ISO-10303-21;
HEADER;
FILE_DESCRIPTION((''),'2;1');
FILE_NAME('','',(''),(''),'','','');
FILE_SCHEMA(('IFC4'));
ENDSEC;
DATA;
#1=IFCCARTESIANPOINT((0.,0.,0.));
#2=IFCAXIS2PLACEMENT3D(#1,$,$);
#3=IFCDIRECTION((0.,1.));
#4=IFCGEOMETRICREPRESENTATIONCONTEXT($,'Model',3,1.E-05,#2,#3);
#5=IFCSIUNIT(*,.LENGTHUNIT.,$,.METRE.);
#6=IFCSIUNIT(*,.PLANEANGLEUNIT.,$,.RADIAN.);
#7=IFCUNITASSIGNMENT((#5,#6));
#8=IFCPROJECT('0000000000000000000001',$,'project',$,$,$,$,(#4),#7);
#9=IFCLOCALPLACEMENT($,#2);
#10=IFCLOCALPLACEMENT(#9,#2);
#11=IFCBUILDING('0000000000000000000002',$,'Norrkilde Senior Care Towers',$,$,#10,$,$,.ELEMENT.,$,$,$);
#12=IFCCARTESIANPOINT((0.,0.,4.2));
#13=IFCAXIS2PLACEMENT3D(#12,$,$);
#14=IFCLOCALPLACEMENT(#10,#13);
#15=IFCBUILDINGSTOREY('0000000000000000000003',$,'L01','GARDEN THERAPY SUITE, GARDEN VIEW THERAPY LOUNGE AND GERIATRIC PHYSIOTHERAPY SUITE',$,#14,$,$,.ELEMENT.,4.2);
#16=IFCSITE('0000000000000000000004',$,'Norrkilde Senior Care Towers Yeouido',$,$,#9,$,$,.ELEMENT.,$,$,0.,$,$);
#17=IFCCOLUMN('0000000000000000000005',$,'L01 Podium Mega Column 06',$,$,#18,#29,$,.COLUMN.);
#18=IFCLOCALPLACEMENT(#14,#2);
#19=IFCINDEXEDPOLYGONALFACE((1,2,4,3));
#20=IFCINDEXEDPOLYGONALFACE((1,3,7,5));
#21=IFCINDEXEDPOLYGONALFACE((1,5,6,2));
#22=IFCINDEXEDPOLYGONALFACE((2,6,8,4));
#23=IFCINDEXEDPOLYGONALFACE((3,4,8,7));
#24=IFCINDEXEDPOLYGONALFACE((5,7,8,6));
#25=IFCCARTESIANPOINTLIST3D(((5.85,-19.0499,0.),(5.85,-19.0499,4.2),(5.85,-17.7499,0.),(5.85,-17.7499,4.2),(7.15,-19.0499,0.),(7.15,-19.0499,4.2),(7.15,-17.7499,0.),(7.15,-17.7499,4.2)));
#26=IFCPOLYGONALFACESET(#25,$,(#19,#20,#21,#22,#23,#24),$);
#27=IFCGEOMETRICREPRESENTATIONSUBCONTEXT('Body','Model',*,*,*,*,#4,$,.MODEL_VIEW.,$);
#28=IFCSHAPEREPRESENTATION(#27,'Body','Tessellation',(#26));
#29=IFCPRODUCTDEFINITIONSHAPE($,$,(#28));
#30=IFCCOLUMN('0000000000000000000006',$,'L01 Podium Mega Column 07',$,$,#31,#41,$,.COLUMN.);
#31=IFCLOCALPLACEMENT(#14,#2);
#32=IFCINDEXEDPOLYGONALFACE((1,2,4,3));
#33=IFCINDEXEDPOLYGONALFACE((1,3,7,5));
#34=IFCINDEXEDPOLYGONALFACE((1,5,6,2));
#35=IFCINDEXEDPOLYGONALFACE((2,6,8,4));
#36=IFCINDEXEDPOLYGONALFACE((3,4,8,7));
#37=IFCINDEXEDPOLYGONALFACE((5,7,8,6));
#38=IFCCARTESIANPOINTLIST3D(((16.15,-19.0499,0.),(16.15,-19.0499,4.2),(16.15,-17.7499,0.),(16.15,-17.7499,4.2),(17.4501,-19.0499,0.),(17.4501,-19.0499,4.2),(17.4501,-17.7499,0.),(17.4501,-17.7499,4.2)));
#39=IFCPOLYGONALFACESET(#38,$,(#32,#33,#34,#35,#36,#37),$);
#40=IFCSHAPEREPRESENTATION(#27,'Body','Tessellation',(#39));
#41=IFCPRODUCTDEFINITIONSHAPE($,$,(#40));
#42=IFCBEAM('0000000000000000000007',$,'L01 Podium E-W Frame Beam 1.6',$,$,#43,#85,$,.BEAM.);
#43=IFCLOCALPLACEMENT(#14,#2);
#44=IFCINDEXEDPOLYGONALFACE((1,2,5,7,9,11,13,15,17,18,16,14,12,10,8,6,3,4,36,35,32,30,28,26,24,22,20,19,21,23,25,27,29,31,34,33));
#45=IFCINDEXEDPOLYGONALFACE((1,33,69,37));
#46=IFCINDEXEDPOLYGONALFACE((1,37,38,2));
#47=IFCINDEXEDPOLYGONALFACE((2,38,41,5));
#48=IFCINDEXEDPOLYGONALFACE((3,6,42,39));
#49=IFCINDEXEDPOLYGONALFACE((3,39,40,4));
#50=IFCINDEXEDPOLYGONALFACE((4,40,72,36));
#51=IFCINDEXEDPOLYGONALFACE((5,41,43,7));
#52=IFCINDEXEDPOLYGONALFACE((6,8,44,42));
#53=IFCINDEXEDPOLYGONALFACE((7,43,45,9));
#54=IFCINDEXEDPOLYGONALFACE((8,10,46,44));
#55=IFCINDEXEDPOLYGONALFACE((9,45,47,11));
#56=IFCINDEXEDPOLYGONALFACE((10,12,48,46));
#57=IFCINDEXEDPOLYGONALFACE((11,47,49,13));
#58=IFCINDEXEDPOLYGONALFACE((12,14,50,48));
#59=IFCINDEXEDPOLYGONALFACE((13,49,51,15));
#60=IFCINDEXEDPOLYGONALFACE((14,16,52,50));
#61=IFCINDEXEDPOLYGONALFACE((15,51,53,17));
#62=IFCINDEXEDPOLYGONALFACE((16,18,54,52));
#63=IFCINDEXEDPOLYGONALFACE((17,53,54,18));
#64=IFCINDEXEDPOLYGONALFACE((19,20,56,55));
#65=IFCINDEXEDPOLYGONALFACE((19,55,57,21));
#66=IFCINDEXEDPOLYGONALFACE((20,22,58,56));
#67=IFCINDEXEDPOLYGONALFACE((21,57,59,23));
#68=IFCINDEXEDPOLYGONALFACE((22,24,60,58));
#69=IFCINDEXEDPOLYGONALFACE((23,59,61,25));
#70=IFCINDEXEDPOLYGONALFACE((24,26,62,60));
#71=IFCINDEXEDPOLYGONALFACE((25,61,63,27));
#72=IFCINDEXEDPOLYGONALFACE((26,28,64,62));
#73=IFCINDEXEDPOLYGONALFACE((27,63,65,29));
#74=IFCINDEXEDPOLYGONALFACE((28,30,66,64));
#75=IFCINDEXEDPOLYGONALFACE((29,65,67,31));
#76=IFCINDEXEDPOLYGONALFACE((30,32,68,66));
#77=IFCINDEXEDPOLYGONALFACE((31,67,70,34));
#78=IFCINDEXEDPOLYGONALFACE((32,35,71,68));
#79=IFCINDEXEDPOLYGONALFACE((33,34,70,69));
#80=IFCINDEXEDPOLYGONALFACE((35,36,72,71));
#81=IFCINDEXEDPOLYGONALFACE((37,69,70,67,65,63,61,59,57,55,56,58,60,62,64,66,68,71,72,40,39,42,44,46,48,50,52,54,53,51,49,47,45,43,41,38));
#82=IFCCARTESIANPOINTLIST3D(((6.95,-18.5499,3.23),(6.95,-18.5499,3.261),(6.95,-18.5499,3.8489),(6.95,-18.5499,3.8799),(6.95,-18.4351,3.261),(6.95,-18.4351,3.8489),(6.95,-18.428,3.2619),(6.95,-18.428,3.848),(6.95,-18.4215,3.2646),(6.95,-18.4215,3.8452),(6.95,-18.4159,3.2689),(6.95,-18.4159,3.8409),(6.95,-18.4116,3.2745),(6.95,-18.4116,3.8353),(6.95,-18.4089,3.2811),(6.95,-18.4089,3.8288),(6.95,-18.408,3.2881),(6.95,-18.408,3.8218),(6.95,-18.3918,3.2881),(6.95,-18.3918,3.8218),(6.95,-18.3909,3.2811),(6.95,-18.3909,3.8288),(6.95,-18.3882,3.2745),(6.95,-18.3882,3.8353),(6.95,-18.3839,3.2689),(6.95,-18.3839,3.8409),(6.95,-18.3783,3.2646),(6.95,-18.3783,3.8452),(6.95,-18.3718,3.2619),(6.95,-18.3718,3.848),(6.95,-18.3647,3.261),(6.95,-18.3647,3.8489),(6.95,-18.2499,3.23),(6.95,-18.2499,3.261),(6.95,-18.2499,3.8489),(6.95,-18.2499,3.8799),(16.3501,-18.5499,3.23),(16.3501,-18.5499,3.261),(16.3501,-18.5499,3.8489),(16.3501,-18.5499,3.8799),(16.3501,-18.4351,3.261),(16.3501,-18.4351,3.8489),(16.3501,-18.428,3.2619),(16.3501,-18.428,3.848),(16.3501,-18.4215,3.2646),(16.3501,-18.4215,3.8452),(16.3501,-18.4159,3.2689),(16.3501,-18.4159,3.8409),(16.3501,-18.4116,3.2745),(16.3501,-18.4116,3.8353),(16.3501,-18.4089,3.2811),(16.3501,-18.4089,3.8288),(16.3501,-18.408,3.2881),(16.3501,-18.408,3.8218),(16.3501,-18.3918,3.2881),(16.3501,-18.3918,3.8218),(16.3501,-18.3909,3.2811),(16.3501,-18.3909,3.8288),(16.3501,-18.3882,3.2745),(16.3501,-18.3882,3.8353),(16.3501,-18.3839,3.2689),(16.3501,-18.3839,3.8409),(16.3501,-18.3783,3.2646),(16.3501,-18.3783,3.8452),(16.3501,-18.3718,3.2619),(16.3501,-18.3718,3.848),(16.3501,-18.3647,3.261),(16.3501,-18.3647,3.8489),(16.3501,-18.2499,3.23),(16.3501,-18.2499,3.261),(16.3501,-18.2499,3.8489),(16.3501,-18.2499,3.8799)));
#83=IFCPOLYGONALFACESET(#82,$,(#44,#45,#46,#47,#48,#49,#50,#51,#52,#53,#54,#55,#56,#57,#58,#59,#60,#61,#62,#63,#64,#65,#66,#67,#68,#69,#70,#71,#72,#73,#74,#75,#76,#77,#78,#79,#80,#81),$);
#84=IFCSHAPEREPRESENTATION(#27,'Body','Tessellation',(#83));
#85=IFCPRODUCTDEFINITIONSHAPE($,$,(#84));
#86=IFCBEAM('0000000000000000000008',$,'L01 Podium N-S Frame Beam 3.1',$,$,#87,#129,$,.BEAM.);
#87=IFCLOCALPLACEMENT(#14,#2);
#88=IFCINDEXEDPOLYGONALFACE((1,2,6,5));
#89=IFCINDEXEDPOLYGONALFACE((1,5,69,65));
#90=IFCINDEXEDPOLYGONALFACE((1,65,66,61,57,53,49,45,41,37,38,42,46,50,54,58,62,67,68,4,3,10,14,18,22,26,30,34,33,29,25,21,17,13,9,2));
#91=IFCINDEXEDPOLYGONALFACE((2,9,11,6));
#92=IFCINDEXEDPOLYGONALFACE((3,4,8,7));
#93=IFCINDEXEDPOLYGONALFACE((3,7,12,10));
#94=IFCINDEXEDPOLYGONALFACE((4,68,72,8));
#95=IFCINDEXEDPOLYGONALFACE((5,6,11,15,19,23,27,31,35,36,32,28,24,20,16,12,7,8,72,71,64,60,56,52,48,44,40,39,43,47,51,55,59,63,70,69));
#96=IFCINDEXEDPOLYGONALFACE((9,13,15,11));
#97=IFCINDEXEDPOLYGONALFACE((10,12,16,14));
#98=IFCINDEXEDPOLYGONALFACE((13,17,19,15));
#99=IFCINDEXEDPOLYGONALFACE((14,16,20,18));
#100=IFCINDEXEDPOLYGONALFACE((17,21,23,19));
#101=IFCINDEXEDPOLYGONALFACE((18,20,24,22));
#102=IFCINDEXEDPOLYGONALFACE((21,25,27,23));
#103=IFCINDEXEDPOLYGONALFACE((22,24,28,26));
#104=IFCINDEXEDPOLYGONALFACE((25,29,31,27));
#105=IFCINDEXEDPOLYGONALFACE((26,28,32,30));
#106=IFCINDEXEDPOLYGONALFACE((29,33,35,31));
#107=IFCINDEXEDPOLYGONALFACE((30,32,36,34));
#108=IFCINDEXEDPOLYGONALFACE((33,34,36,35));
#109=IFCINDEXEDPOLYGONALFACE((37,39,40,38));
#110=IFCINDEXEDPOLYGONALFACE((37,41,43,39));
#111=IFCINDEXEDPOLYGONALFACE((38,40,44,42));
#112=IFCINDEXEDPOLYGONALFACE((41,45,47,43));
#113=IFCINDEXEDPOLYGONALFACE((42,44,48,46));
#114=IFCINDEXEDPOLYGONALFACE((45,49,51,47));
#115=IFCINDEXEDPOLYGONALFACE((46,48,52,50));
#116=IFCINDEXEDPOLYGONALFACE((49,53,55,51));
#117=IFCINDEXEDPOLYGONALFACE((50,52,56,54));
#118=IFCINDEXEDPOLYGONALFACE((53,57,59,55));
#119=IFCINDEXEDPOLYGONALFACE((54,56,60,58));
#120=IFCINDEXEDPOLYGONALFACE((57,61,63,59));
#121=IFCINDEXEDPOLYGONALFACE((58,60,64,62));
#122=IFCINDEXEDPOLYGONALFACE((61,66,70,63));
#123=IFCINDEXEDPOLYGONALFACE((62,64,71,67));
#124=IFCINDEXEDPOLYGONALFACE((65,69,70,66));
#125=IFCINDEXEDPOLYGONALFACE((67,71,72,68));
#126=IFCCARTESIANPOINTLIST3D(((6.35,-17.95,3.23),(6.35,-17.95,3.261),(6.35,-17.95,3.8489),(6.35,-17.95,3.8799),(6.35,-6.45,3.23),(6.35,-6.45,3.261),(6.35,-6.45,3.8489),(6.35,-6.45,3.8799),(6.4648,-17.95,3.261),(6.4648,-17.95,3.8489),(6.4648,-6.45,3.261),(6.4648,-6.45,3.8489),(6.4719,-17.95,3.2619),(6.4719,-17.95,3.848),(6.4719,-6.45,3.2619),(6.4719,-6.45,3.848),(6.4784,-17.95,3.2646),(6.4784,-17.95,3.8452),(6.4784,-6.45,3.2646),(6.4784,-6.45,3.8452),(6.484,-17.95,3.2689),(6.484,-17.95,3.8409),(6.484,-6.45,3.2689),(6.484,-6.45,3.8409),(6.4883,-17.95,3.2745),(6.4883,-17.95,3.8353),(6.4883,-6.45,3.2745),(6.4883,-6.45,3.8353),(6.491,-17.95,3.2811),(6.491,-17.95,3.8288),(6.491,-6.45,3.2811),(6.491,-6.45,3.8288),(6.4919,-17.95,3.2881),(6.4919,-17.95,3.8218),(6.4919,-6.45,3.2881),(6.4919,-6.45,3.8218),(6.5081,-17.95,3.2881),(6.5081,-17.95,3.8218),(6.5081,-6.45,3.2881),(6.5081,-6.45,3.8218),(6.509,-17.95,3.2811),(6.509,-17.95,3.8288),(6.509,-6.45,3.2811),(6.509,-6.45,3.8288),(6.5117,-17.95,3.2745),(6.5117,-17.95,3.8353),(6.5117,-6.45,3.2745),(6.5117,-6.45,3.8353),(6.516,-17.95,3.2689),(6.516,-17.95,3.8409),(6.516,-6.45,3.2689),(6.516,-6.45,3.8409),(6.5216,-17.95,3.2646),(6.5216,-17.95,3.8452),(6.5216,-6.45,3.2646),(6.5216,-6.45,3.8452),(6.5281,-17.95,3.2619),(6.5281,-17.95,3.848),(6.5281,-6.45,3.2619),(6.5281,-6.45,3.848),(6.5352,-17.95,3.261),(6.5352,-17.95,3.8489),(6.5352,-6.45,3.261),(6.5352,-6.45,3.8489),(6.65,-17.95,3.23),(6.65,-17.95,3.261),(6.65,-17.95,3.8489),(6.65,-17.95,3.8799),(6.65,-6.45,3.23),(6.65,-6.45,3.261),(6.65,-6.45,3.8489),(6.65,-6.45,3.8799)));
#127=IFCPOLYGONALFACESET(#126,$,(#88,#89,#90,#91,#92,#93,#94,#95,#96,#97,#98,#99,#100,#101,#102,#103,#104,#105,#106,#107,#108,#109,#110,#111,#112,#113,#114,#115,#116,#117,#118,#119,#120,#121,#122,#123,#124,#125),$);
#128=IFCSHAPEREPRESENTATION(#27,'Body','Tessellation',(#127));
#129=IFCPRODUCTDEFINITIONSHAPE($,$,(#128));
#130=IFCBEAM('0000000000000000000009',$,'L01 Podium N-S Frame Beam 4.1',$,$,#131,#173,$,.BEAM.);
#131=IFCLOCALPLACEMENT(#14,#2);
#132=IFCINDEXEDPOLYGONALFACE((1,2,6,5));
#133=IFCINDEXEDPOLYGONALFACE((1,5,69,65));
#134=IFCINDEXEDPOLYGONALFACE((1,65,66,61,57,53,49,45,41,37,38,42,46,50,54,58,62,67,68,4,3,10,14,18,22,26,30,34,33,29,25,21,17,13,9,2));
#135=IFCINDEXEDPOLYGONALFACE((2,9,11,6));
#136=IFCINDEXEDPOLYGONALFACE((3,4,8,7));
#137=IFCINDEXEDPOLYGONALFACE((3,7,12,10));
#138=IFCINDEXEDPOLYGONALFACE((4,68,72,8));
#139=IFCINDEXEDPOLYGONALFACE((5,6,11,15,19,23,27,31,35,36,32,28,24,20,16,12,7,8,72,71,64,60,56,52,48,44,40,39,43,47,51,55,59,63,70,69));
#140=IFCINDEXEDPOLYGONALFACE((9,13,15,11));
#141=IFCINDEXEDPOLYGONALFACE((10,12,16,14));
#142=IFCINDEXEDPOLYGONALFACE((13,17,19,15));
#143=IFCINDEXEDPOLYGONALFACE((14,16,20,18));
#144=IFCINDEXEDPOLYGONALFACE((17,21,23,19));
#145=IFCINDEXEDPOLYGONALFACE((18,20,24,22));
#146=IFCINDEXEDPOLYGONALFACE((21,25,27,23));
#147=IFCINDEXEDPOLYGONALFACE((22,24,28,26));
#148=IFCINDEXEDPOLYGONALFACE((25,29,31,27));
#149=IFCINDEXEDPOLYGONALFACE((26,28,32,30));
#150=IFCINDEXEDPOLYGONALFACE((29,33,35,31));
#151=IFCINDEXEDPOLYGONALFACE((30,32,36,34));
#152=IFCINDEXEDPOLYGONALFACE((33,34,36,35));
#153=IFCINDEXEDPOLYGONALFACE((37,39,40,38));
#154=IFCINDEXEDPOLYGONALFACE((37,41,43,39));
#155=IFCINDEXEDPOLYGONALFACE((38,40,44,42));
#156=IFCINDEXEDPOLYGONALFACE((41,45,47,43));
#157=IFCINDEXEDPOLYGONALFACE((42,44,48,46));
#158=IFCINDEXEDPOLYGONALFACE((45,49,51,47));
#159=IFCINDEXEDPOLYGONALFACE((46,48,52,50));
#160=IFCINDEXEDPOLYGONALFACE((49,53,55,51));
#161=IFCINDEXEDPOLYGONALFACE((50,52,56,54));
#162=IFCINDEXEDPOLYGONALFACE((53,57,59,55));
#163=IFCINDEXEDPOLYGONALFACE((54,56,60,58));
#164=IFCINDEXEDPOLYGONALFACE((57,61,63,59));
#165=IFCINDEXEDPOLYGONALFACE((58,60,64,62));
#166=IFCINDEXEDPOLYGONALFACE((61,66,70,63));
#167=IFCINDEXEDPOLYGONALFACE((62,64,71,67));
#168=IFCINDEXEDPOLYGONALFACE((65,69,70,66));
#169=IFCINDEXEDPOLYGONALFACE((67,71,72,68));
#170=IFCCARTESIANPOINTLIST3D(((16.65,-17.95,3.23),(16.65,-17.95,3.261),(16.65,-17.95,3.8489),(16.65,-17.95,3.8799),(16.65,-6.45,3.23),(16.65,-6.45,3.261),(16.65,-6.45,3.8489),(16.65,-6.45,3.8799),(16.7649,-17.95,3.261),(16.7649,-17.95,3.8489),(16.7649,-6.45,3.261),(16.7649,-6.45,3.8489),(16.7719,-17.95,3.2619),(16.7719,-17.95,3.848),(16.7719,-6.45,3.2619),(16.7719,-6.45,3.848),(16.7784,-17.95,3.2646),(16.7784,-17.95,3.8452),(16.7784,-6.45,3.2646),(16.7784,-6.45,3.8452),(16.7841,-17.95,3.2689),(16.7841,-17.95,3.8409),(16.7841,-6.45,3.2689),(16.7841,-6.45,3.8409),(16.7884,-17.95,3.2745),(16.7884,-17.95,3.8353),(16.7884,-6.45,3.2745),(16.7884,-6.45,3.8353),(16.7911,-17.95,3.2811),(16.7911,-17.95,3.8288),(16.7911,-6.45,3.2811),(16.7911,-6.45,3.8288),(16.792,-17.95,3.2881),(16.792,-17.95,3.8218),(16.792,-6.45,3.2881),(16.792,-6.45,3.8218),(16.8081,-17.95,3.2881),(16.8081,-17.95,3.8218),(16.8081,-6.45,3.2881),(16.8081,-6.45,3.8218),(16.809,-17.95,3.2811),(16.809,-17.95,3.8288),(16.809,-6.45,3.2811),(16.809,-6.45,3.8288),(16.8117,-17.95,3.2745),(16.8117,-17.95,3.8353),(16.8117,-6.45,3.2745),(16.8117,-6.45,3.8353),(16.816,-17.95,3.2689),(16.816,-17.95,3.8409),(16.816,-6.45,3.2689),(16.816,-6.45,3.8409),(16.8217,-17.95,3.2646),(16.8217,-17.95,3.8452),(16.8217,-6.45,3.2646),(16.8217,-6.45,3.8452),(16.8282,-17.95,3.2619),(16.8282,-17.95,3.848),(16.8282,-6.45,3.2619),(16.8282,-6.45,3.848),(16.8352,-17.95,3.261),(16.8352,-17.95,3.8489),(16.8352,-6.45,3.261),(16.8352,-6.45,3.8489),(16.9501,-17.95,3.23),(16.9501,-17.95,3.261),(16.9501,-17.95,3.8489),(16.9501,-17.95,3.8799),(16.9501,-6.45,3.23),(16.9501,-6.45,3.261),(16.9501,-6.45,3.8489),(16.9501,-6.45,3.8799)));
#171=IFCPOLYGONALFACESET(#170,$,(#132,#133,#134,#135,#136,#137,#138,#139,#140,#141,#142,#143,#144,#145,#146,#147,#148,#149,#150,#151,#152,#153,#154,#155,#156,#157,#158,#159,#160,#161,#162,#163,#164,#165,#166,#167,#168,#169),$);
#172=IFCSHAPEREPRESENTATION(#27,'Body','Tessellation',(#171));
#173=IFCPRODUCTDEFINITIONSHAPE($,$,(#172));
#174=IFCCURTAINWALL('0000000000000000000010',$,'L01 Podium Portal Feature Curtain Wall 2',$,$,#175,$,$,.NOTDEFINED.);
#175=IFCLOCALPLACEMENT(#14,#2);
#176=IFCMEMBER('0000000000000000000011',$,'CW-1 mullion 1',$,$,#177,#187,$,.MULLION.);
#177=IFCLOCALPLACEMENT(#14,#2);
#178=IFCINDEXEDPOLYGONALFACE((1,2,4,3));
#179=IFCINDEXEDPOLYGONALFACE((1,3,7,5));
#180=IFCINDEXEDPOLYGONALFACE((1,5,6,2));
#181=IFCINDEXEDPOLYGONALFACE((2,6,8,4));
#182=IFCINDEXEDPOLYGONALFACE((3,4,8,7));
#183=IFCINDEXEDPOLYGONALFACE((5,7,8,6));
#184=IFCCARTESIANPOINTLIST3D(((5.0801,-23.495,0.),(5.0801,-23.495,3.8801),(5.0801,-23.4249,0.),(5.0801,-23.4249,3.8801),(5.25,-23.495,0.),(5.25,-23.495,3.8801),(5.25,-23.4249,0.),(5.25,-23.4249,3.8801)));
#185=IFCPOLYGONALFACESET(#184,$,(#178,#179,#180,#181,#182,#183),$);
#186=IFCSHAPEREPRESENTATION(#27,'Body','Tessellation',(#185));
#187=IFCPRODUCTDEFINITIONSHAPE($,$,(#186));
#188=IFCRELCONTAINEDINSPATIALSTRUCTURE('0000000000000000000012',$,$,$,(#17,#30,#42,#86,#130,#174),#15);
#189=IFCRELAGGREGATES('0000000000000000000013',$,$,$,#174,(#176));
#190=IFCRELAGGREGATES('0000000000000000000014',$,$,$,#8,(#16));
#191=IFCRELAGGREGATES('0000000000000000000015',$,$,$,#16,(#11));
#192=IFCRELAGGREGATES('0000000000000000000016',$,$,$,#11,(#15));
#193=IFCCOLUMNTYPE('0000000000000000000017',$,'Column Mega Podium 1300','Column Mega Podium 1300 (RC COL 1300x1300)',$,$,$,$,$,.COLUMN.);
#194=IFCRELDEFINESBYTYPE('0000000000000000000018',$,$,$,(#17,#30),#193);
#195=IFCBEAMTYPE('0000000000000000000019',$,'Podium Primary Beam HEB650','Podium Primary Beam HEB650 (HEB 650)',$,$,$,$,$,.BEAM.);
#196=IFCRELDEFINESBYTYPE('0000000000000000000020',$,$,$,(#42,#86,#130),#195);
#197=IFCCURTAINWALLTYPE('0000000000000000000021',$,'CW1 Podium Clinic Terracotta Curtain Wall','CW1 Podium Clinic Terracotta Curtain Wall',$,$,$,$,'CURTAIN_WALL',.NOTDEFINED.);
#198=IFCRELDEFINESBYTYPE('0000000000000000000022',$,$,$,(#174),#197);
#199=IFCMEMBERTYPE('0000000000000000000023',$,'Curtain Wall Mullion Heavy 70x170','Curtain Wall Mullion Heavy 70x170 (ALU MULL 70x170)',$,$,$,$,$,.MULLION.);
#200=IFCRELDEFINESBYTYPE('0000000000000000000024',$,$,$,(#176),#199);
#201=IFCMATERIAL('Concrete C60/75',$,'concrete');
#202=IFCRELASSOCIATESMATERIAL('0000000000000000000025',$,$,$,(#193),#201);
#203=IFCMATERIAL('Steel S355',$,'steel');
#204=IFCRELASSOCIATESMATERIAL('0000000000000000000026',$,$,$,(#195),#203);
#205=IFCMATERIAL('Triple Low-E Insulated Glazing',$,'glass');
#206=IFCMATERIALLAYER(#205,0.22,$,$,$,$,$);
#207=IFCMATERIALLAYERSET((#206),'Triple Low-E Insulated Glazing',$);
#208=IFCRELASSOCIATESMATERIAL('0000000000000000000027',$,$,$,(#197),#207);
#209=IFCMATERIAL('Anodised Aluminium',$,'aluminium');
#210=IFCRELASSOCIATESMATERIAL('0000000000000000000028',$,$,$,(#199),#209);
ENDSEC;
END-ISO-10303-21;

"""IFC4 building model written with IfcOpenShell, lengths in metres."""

from ifc_helpers import new_model, si_unit, direction, frame, origin, origin_2d, place, context, subcontext, project, spatial, rectangle, i_section, extrude, source, transform, mapped, material, layer, layer_set, material_profile, profile_set, type_object, type_shapes, element, aggregate, save


model = new_model("IFC4")

# Units and contexts
model_context = context("Model", 3, precision=1e-05, world=origin(), true_north=direction((0.0, 1.0)))
body_context = subcontext(model_context, "Body", "Model", "MODEL_VIEW")
ifc_project = project(units=[si_unit("LENGTHUNIT", "METRE"), si_unit("PLANEANGLEUNIT", "RADIAN")], contexts=[model_context])

# Site, building, storey
site_placement = place(None, origin())
site = spatial("IfcSite", under=ifc_project, at=site_placement, Name="Norrkilde Senior Care Towers Yeouido", CompositionType="ELEMENT", RefElevation=0.0)
building_placement = place(site_placement, origin())
building = spatial("IfcBuilding", under=site, at=building_placement, Name="Norrkilde Senior Care Towers", CompositionType="ELEMENT")
storey_placement = place(building_placement, frame((0.0, 0.0, 4.2)))
storey = spatial("IfcBuildingStorey", under=building, at=storey_placement, Name="L01", Description="GARDEN THERAPY SUITE, GARDEN VIEW THERAPY LOUNGE AND GERIATRIC PHYSIOTHERAPY SUITE", CompositionType="ELEMENT", Elevation=4.2)

# Columns
ifc_material_1 = material(Name="Concrete C60/75", Category="concrete")
ifc_material_profile_1 = material_profile(ifc_material_1, rectangle(XDim=1.3, YDim=1.3, at=origin_2d()), Name="RC COL 1300x1300")
ifc_profile_set_1 = profile_set([ifc_material_profile_1], Name="Concrete C60/75")
column_type = type_object("IfcColumnType", Name="Column Mega Podium 1300", Description="Column Mega Podium 1300 (RC COL 1300x1300)", PredefinedType="COLUMN", material=ifc_profile_set_1)
shared_shape_1 = source(origin(), body_context, "Body", "SweptSolid", [
    extrude(rectangle(XDim=1.3, YDim=1.3, at=origin_2d()), origin(), (0.0, 0.0, 1.0), 4.2),
])
type_shapes(column_type, [shared_shape_1])
for number, where, z_axis, x_axis, name in (
    (1, (6.5, -18.3999, 0.0), (0.0, 0.0, 1.0), (1.0, 0.0, 0.0), "L01 Podium Mega Column 06"),
    (2, (16.8, -18.3999, 0.0), (0.0, 0.0, 1.0), (1.0, 0.0, 0.0), "L01 Podium Mega Column 07"),
):
    element("IfcColumn", number, at=place(storey_placement, frame(where, z_axis=z_axis, x_axis=x_axis)), inside=storey, type_object=column_type, Name=name, PredefinedType="COLUMN", context=body_context, shape_type="MappedRepresentation", body=[
        mapped(shared_shape_1, transform((0.0, 0.0, 0.0), x_axis=(1.0, 0.0, 0.0), y_axis=(0.0, 1.0, 0.0), z_axis=(0.0, 0.0, 1.0), scale=1.0)),
    ])

# Beams
ifc_material_2 = material(Name="Steel S355", Category="steel")
ifc_material_profile_2 = material_profile(ifc_material_2, i_section(OverallWidth=0.3, OverallDepth=0.6499, WebThickness=0.0161, FlangeThickness=0.031, FilletRadius=0.0271, at=origin_2d()), Name="HEB 650")
ifc_profile_set_2 = profile_set([ifc_material_profile_2], Name="Steel S355")
beam_type = type_object("IfcBeamType", Name="Podium Primary Beam HEB650", Description="Podium Primary Beam HEB650 (HEB 650)", PredefinedType="BEAM", material=ifc_profile_set_2)
shared_shape_2 = source(origin(), body_context, "Body", "SweptSolid", [
    extrude(i_section(OverallWidth=0.3, OverallDepth=0.6499, WebThickness=0.0161, FlangeThickness=0.031, FilletRadius=0.0271, at=origin_2d()), origin(), (0.0, 0.0, 1.0), 9.4001),
])
beam_placement = place(storey_placement, frame((6.95, -18.3999, 3.5549), z_axis=(1.0, 0.0, 0.0), x_axis=(0.0, 1.0, 0.0)))
element("IfcBeam", 3, at=beam_placement, inside=storey, type_object=beam_type, Name="L01 Podium E-W Frame Beam 1.6", PredefinedType="BEAM", context=body_context, shape_type="MappedRepresentation", body=[
    mapped(shared_shape_2, transform((0.0, 0.0, 0.0), x_axis=(1.0, 0.0, 0.0), y_axis=(0.0, 1.0, 0.0), z_axis=(0.0, 0.0, 1.0), scale=1.0)),
])
shared_shape_3 = source(origin(), body_context, "Body", "SweptSolid", [
    extrude(i_section(OverallWidth=0.3, OverallDepth=0.6499, WebThickness=0.0161, FlangeThickness=0.031, FilletRadius=0.0271, at=origin_2d()), origin(), (0.0, 0.0, 1.0), 11.5),
])
type_shapes(beam_type, [shared_shape_2, shared_shape_3])
for number, where, z_axis, x_axis, name in (
    (4, (6.5, -17.95, 3.5549), (0.0, 1.0, 0.0), (-1.0, 0.0, 0.0), "L01 Podium N-S Frame Beam 3.1"),
    (5, (16.8, -17.95, 3.5549), (0.0, 1.0, 0.0), (-1.0, 0.0, 0.0), "L01 Podium N-S Frame Beam 4.1"),
):
    element("IfcBeam", number, at=place(storey_placement, frame(where, z_axis=z_axis, x_axis=x_axis)), inside=storey, type_object=beam_type, Name=name, PredefinedType="BEAM", context=body_context, shape_type="MappedRepresentation", body=[
        mapped(shared_shape_3, transform((0.0, 0.0, 0.0), x_axis=(1.0, 0.0, 0.0), y_axis=(0.0, 1.0, 0.0), z_axis=(0.0, 0.0, 1.0), scale=1.0)),
    ])

# Curtain wall, member
ifc_material_3 = material(Name="Triple Low-E Insulated Glazing", Category="glass")
ifc_layer_1 = layer(ifc_material_3, 0.22)
ifc_layer_set_1 = layer_set([ifc_layer_1], Name="Triple Low-E Insulated Glazing")
curtain_wall_type = type_object("IfcCurtainWallType", Name="CW1 Podium Clinic Terracotta Curtain Wall", Description="CW1 Podium Clinic Terracotta Curtain Wall", ElementType="CURTAIN_WALL", PredefinedType="NOTDEFINED", material=ifc_layer_set_1)
curtain_wall_placement = place(storey_placement, origin())
curtain_wall = element("IfcCurtainWall", 6, at=curtain_wall_placement, inside=storey, type_object=curtain_wall_type, Name="L01 Podium Portal Feature Curtain Wall 2", PredefinedType="NOTDEFINED")
ifc_material_4 = material(Name="Anodised Aluminium", Category="aluminium")
ifc_material_profile_3 = material_profile(ifc_material_4, rectangle(XDim=0.0701, YDim=0.1699, at=origin_2d()), Name="ALU MULL 70x170")
ifc_profile_set_3 = profile_set([ifc_material_profile_3], Name="Anodised Aluminium")
member_type_1 = type_object("IfcMemberType", Name="Curtain Wall Mullion Heavy 70x170", Description="Curtain Wall Mullion Heavy 70x170 (ALU MULL 70x170)", PredefinedType="MULLION", material=ifc_profile_set_3)
shared_shape_4 = source(origin(), body_context, "Body", "SweptSolid", [
    extrude(rectangle(XDim=0.0701, YDim=0.1699, at=origin_2d()), origin(), (0.0, 0.0, 1.0), 3.8801),
])
type_shapes(member_type_1, [shared_shape_4])
member_1_placement = place(storey_placement, frame((5.165, -23.46, 0.0), z_axis=(0.0, 0.0, 1.0), x_axis=(0.0, -1.0, 0.0)))
member_1 = element("IfcMember", 7, at=member_1_placement, type_object=member_type_1, Name="CW-1 mullion 1", PredefinedType="MULLION", context=body_context, shape_type="MappedRepresentation", body=[
    mapped(shared_shape_4, transform((0.0, 0.0, 0.0), x_axis=(1.0, 0.0, 0.0), y_axis=(0.0, 1.0, 0.0), z_axis=(0.0, 0.0, 1.0), scale=1.0)),
])
aggregate(curtain_wall, [member_1])

save(model, "model.ifc")
